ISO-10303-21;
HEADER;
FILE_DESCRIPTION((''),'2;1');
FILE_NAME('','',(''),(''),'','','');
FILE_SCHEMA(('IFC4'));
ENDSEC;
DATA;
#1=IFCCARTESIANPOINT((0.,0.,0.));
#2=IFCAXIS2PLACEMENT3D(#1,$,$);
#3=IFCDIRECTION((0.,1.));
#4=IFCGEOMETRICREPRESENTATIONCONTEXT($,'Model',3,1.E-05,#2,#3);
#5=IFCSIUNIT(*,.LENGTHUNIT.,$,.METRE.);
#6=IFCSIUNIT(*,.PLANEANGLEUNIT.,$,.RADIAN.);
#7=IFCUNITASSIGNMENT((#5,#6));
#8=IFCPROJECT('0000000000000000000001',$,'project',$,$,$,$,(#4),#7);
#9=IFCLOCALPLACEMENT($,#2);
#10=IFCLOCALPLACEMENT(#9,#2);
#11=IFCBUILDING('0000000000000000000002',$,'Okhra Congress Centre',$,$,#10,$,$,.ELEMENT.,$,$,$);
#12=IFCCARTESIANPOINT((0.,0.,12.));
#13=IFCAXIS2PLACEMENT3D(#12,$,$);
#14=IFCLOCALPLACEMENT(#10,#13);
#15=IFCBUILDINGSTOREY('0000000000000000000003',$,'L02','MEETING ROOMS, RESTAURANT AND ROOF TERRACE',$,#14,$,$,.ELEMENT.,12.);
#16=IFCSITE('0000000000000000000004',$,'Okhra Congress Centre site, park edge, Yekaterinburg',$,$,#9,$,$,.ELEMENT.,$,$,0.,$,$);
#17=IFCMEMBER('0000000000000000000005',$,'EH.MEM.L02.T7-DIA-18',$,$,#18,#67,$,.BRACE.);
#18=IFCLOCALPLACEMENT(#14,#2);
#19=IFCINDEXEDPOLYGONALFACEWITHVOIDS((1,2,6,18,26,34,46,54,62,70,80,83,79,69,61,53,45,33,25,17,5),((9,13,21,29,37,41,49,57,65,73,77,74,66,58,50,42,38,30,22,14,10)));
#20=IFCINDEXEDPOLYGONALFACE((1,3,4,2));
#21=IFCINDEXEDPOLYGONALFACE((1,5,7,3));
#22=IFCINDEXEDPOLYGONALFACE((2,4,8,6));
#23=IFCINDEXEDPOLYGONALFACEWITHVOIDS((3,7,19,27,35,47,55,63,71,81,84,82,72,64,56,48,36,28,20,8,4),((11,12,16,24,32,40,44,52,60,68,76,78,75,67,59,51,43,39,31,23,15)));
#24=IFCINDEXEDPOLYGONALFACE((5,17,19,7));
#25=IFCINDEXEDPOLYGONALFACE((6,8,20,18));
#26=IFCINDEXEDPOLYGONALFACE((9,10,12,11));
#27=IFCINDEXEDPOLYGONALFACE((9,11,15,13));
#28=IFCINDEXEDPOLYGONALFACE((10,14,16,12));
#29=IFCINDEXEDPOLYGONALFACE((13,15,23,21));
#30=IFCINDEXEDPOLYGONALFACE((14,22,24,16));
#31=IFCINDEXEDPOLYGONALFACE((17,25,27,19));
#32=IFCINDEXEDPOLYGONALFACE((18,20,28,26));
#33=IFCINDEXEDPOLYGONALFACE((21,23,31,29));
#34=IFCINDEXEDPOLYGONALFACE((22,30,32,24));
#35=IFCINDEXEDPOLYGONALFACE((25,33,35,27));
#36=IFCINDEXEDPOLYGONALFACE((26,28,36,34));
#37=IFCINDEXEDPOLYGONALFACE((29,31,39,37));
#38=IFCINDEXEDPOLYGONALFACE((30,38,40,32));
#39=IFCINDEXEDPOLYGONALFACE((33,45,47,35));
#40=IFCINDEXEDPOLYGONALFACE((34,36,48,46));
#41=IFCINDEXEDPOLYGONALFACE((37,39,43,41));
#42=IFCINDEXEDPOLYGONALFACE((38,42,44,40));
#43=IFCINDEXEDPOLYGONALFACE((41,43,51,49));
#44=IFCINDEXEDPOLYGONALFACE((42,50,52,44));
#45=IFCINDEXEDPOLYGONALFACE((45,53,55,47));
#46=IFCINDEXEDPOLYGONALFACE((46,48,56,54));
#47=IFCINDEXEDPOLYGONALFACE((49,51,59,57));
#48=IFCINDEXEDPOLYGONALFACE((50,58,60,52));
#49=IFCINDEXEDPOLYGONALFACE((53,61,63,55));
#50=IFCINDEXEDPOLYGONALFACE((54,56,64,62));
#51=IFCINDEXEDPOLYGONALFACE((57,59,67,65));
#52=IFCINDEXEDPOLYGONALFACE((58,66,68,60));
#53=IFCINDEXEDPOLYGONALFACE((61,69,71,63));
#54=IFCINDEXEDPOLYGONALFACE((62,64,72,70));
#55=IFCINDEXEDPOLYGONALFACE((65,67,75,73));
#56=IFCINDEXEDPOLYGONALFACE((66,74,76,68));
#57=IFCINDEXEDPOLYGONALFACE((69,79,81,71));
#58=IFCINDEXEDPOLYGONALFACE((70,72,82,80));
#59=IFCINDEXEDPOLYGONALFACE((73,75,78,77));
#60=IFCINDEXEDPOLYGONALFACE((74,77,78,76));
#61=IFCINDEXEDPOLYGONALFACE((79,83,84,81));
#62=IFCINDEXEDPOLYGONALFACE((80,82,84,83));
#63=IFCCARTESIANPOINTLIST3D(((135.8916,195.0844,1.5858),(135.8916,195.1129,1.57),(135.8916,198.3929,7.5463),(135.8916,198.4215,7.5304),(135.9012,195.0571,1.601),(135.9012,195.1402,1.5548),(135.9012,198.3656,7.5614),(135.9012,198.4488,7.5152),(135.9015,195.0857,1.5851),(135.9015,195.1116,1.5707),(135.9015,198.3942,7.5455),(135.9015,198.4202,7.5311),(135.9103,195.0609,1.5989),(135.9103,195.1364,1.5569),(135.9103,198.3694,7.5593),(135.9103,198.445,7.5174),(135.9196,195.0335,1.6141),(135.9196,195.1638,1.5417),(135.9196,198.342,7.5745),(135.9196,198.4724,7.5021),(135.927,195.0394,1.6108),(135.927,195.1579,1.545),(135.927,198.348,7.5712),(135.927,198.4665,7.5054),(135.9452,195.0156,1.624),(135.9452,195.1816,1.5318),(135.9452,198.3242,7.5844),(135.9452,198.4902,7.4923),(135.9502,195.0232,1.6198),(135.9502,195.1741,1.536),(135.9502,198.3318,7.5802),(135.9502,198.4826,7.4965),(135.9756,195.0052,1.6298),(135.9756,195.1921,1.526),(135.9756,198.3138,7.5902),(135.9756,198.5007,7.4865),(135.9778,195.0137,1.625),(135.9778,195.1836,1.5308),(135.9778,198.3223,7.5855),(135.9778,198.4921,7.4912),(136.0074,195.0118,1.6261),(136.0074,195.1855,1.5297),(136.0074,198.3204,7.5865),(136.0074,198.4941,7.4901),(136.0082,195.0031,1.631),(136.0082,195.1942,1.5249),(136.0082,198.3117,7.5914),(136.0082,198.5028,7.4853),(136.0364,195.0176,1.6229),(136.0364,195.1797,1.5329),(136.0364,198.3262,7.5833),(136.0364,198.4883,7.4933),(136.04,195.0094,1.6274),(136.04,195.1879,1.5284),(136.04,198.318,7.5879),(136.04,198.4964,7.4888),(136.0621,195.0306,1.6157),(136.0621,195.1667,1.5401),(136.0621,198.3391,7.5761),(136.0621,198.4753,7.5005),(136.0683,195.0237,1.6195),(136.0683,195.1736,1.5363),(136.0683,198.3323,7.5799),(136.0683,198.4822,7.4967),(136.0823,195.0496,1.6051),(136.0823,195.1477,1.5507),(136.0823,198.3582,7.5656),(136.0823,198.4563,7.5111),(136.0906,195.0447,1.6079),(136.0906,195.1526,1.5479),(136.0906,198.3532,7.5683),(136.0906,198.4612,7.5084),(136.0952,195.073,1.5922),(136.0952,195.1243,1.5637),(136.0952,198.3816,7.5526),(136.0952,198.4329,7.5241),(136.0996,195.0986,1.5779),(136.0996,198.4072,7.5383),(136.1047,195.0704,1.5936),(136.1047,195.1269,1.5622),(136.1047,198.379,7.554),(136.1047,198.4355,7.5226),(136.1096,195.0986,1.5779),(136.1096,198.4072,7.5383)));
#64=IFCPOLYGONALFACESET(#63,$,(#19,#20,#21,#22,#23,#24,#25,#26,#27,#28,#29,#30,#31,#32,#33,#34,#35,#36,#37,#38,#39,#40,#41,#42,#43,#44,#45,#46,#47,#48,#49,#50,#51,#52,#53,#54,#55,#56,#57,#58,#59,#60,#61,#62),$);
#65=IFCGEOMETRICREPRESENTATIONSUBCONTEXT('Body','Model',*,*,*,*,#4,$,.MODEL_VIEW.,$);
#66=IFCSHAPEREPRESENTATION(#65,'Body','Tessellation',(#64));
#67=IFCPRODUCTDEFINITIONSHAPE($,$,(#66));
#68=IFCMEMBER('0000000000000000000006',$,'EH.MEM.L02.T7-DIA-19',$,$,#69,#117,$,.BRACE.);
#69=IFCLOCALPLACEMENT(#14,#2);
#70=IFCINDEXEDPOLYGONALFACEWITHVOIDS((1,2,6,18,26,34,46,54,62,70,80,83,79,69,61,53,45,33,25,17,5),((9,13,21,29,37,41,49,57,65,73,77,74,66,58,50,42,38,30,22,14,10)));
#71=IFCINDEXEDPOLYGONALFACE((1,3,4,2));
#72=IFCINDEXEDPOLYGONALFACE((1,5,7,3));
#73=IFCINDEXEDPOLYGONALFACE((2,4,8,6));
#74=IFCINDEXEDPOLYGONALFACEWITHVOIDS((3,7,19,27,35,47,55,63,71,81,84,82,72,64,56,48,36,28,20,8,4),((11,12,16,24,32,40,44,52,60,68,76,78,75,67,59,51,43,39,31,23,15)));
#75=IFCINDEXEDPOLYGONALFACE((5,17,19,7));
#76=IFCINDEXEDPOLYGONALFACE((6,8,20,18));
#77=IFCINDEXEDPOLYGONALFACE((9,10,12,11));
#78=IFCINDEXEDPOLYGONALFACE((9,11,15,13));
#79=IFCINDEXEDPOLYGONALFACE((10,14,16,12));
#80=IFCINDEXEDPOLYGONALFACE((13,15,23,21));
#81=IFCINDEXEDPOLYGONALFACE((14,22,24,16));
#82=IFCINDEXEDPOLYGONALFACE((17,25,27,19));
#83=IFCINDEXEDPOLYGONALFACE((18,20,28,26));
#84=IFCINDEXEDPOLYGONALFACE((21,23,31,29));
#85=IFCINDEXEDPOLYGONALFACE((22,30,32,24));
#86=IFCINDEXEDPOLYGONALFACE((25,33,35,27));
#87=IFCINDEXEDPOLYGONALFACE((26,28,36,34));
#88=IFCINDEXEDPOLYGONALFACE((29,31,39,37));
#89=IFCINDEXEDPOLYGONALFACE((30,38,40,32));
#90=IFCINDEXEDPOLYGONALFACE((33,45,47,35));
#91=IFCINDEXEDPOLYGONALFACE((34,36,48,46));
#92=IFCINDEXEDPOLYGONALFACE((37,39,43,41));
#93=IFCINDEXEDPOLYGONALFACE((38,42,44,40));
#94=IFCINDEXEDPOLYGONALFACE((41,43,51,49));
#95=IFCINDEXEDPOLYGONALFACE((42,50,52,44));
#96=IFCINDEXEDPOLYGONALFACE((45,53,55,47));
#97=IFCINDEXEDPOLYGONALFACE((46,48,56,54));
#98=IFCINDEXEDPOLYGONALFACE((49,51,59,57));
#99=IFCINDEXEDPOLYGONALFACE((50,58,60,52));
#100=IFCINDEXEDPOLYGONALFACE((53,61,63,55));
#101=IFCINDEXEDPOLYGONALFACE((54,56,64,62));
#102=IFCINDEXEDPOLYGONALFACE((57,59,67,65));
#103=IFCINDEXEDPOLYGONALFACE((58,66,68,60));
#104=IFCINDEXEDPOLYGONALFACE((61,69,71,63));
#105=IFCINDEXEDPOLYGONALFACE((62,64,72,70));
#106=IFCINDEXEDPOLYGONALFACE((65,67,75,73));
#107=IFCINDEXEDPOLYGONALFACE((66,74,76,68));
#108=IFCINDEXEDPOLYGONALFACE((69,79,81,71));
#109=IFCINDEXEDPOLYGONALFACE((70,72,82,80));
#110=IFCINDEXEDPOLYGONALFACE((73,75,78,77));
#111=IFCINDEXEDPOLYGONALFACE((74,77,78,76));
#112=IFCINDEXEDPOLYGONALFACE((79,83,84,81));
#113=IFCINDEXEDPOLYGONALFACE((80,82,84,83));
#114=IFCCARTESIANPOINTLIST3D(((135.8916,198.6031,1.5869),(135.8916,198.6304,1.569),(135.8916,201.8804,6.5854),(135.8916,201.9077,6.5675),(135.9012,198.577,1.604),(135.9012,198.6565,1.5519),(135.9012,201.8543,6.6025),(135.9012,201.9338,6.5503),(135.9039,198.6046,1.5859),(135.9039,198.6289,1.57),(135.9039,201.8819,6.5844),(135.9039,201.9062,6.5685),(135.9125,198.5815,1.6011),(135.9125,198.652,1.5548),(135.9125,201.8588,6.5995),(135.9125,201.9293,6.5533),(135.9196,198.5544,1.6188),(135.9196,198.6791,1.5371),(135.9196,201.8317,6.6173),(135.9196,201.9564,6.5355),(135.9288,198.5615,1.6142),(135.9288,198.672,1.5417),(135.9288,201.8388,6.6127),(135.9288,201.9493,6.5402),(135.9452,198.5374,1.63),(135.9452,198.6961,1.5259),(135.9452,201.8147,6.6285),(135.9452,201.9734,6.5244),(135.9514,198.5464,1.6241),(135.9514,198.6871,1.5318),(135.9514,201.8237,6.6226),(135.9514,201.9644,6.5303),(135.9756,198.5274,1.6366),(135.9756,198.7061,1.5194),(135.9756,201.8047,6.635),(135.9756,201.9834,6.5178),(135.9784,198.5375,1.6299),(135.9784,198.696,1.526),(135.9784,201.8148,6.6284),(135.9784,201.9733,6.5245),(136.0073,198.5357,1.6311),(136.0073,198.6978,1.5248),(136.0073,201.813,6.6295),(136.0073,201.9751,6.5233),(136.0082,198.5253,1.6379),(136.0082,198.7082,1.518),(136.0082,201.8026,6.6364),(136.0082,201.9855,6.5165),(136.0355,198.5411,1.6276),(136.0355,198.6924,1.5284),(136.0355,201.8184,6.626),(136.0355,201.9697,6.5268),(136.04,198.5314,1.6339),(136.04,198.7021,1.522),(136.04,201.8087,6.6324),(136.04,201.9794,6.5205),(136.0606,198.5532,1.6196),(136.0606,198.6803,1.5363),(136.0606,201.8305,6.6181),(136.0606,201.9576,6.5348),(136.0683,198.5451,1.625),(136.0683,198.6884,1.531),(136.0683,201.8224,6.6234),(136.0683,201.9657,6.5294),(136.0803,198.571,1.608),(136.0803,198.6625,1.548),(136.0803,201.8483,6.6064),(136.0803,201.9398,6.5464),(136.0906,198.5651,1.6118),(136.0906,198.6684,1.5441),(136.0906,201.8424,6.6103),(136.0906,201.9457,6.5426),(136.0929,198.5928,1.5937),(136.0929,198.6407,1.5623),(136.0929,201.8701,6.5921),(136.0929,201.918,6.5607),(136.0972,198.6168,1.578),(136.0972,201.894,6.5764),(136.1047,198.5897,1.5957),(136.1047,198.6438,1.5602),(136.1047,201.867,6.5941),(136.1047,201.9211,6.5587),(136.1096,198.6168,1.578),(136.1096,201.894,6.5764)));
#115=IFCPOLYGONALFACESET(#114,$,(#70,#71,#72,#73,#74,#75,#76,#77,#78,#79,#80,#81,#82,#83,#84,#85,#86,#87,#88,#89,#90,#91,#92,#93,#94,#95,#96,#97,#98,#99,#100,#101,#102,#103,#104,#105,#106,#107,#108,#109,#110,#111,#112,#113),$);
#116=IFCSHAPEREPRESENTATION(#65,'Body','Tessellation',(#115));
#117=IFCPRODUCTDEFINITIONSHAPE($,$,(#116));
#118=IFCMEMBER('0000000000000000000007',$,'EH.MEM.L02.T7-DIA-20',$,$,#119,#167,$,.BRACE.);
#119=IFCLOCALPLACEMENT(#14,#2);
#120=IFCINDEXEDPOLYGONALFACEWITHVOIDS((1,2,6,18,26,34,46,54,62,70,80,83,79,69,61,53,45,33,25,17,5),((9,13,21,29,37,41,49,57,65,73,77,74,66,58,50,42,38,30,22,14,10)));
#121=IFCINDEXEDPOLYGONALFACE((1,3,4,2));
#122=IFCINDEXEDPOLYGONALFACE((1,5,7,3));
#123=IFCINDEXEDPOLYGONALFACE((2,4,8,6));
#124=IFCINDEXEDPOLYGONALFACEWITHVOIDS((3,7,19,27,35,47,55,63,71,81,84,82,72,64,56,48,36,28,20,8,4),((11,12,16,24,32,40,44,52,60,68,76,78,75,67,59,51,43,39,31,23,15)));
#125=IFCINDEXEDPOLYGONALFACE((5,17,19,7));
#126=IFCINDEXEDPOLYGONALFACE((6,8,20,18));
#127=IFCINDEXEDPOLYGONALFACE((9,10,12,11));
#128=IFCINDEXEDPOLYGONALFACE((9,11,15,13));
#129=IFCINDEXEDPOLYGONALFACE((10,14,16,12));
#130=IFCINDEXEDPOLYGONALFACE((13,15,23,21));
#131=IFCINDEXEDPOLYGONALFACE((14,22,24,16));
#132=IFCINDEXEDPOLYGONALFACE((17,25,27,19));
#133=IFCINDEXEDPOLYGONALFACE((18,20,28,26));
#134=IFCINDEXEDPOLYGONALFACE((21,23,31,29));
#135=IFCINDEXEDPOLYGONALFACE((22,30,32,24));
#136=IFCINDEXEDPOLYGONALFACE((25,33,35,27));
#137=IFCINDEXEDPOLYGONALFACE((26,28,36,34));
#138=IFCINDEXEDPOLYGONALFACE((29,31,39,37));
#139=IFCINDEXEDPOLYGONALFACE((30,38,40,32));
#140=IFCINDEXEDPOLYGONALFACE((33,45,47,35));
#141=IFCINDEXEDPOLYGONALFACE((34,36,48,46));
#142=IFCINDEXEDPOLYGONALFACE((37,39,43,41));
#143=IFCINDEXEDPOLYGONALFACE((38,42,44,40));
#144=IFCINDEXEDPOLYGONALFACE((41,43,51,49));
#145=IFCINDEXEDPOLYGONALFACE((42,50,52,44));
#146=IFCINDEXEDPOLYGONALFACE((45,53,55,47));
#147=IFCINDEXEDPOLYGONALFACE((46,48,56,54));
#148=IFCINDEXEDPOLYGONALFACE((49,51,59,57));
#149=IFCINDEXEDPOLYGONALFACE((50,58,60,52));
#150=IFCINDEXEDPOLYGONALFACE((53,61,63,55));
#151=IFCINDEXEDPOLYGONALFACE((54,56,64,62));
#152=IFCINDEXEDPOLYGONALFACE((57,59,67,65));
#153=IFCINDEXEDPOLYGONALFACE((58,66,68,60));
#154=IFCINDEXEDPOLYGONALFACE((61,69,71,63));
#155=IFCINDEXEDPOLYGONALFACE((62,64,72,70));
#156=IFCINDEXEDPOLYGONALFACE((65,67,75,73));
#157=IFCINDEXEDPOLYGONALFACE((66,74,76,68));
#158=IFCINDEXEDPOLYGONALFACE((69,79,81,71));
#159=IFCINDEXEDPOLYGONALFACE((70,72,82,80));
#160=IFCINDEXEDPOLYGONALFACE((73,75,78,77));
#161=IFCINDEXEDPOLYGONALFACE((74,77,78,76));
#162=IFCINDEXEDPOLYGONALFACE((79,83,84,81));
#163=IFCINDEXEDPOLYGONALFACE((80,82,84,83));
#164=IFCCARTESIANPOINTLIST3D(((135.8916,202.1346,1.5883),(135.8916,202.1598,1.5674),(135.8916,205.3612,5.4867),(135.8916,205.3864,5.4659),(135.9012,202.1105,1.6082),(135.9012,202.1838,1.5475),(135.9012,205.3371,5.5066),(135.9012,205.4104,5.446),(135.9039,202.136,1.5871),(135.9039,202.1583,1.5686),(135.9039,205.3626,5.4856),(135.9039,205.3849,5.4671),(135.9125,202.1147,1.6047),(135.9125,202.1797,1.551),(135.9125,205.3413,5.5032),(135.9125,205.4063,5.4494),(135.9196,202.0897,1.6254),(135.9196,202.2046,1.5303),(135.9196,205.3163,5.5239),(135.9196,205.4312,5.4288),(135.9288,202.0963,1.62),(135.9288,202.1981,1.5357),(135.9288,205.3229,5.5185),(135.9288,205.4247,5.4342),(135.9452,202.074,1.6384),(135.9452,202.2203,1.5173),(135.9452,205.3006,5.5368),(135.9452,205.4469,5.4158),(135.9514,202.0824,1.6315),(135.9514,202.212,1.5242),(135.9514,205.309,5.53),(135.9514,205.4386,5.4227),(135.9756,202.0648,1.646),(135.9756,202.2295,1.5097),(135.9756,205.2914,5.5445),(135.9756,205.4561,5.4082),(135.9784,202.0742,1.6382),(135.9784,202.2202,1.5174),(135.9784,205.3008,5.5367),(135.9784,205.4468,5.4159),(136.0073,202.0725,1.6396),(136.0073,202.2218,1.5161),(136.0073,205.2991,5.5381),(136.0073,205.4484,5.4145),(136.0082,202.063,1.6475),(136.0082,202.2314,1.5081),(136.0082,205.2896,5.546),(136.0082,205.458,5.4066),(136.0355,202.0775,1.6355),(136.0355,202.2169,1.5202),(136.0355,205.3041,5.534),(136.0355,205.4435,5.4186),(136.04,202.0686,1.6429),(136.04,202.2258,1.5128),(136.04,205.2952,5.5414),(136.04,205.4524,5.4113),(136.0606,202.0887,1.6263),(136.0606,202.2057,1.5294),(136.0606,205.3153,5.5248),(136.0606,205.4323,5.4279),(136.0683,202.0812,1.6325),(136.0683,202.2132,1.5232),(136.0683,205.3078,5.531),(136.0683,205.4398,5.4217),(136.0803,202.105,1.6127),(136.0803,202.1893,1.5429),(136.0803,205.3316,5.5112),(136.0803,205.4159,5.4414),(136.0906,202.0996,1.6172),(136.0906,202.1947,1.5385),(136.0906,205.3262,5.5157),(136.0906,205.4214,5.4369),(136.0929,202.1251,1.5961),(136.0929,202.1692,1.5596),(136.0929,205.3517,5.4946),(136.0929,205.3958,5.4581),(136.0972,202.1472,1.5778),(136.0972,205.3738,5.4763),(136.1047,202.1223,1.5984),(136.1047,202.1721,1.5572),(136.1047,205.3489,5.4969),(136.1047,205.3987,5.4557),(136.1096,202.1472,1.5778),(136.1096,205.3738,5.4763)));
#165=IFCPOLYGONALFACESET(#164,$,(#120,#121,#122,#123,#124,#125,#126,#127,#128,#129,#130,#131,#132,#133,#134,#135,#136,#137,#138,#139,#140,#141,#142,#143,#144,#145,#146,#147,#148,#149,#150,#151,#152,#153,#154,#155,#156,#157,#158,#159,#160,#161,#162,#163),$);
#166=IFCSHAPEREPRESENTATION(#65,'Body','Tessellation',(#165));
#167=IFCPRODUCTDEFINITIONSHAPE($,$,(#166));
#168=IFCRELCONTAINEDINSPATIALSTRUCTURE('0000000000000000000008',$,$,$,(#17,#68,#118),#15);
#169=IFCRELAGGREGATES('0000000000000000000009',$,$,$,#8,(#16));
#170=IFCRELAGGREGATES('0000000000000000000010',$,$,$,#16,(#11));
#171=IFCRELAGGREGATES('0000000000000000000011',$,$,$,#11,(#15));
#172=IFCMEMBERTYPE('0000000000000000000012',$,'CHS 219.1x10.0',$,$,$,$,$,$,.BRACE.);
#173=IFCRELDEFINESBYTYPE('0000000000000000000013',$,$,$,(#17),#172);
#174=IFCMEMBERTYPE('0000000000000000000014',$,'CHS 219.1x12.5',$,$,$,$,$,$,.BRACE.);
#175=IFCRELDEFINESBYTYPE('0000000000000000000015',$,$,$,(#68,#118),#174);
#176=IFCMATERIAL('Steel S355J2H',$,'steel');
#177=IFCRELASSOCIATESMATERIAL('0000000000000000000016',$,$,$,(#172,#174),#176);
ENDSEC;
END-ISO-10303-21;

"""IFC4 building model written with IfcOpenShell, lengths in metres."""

from ifc_helpers import new_model, si_unit, direction, frame, origin, origin_2d, place, context, subcontext, project, spatial, hollow_circle, extrude, material, material_profile, profile_set, type_object, element, save


model = new_model("IFC4")

# Units and contexts
model_context = context("Model", 3, precision=1e-05, world=origin(), true_north=direction((0.0, 1.0)))
body_context = subcontext(model_context, "Body", "Model", "MODEL_VIEW")
ifc_project = project(units=[si_unit("LENGTHUNIT", "METRE"), si_unit("PLANEANGLEUNIT", "RADIAN")], contexts=[model_context])

# Site, building, storey
site_placement = place(None, origin())
site = spatial("IfcSite", under=ifc_project, at=site_placement, Name="Okhra Congress Centre site, park edge, Yekaterinburg", CompositionType="ELEMENT", RefElevation=0.0)
building_placement = place(site_placement, origin())
building = spatial("IfcBuilding", under=site, at=building_placement, Name="Okhra Congress Centre", CompositionType="ELEMENT")
storey_placement = place(building_placement, frame((0.0, 0.0, 12.0)))
storey = spatial("IfcBuildingStorey", under=building, at=storey_placement, Name="L02", Description="MEETING ROOMS, RESTAURANT AND ROOF TERRACE", CompositionType="ELEMENT", Elevation=12.0)

# Members
ifc_material_1 = material(Name="Steel S355J2H", Category="steel")
ifc_material_profile_1 = material_profile(ifc_material_1, hollow_circle(Radius=0.1096, WallThickness=0.01, at=origin_2d()), Name="CHS 219.1x10.0")
ifc_profile_set_1 = profile_set([ifc_material_profile_1], Name="Steel S355J2H")
member_type_1 = type_object("IfcMemberType", Name="CHS 219.1x10.0", PredefinedType="BRACE", material=ifc_profile_set_1)
member_1_placement = place(storey_placement, frame((136.0, 198.4072, 7.5383), z_axis=(0.0, -0.485333, -0.87433), x_axis=(1.0, 0.0, 0.0)))
element("IfcMember", 1, at=member_1_placement, inside=storey, type_object=member_type_1, Name="EH.MEM.L02.T7-DIA-18", PredefinedType="BRACE", context=body_context, shape_type="SweptSolid", body=[
    extrude(hollow_circle(Radius=0.1096, WallThickness=0.01, at=origin_2d()), origin(), (0.0, 0.0, 1.0), 6.8171),
])
ifc_material_profile_2 = material_profile(ifc_material_1, hollow_circle(Radius=0.1096, WallThickness=0.0125, at=origin_2d()), Name="CHS 219.1x12.5")
ifc_profile_set_2 = profile_set([ifc_material_profile_2], Name="Steel S355J2H")
member_type_2 = type_object("IfcMemberType", Name="CHS 219.1x12.5", PredefinedType="BRACE", material=ifc_profile_set_2)
member_2_placement = place(storey_placement, frame((136.0, 201.894, 6.5764), z_axis=(0.0, -0.548312, -0.836274), x_axis=(1.0, 0.0, 0.0)))
element("IfcMember", 2, at=member_2_placement, inside=storey, type_object=member_type_2, Name="EH.MEM.L02.T7-DIA-19", PredefinedType="BRACE", context=body_context, shape_type="SweptSolid", body=[
    extrude(hollow_circle(Radius=0.1096, WallThickness=0.0125, at=origin_2d()), origin(), (0.0, 0.0, 1.0), 5.9771),
])
member_3_placement = place(storey_placement, frame((136.0, 205.3738, 5.4763), z_axis=(0.0, -0.637599, -0.770368), x_axis=(1.0, 0.0, 0.0)))
element("IfcMember", 3, at=member_3_placement, inside=storey, type_object=member_type_2, Name="EH.MEM.L02.T7-DIA-20", PredefinedType="BRACE", context=body_context, shape_type="SweptSolid", body=[
    extrude(hollow_circle(Radius=0.1096, WallThickness=0.0125, at=origin_2d()), origin(), (0.0, 0.0, 1.0), 5.0605),
])

save(model, "model.ifc")
